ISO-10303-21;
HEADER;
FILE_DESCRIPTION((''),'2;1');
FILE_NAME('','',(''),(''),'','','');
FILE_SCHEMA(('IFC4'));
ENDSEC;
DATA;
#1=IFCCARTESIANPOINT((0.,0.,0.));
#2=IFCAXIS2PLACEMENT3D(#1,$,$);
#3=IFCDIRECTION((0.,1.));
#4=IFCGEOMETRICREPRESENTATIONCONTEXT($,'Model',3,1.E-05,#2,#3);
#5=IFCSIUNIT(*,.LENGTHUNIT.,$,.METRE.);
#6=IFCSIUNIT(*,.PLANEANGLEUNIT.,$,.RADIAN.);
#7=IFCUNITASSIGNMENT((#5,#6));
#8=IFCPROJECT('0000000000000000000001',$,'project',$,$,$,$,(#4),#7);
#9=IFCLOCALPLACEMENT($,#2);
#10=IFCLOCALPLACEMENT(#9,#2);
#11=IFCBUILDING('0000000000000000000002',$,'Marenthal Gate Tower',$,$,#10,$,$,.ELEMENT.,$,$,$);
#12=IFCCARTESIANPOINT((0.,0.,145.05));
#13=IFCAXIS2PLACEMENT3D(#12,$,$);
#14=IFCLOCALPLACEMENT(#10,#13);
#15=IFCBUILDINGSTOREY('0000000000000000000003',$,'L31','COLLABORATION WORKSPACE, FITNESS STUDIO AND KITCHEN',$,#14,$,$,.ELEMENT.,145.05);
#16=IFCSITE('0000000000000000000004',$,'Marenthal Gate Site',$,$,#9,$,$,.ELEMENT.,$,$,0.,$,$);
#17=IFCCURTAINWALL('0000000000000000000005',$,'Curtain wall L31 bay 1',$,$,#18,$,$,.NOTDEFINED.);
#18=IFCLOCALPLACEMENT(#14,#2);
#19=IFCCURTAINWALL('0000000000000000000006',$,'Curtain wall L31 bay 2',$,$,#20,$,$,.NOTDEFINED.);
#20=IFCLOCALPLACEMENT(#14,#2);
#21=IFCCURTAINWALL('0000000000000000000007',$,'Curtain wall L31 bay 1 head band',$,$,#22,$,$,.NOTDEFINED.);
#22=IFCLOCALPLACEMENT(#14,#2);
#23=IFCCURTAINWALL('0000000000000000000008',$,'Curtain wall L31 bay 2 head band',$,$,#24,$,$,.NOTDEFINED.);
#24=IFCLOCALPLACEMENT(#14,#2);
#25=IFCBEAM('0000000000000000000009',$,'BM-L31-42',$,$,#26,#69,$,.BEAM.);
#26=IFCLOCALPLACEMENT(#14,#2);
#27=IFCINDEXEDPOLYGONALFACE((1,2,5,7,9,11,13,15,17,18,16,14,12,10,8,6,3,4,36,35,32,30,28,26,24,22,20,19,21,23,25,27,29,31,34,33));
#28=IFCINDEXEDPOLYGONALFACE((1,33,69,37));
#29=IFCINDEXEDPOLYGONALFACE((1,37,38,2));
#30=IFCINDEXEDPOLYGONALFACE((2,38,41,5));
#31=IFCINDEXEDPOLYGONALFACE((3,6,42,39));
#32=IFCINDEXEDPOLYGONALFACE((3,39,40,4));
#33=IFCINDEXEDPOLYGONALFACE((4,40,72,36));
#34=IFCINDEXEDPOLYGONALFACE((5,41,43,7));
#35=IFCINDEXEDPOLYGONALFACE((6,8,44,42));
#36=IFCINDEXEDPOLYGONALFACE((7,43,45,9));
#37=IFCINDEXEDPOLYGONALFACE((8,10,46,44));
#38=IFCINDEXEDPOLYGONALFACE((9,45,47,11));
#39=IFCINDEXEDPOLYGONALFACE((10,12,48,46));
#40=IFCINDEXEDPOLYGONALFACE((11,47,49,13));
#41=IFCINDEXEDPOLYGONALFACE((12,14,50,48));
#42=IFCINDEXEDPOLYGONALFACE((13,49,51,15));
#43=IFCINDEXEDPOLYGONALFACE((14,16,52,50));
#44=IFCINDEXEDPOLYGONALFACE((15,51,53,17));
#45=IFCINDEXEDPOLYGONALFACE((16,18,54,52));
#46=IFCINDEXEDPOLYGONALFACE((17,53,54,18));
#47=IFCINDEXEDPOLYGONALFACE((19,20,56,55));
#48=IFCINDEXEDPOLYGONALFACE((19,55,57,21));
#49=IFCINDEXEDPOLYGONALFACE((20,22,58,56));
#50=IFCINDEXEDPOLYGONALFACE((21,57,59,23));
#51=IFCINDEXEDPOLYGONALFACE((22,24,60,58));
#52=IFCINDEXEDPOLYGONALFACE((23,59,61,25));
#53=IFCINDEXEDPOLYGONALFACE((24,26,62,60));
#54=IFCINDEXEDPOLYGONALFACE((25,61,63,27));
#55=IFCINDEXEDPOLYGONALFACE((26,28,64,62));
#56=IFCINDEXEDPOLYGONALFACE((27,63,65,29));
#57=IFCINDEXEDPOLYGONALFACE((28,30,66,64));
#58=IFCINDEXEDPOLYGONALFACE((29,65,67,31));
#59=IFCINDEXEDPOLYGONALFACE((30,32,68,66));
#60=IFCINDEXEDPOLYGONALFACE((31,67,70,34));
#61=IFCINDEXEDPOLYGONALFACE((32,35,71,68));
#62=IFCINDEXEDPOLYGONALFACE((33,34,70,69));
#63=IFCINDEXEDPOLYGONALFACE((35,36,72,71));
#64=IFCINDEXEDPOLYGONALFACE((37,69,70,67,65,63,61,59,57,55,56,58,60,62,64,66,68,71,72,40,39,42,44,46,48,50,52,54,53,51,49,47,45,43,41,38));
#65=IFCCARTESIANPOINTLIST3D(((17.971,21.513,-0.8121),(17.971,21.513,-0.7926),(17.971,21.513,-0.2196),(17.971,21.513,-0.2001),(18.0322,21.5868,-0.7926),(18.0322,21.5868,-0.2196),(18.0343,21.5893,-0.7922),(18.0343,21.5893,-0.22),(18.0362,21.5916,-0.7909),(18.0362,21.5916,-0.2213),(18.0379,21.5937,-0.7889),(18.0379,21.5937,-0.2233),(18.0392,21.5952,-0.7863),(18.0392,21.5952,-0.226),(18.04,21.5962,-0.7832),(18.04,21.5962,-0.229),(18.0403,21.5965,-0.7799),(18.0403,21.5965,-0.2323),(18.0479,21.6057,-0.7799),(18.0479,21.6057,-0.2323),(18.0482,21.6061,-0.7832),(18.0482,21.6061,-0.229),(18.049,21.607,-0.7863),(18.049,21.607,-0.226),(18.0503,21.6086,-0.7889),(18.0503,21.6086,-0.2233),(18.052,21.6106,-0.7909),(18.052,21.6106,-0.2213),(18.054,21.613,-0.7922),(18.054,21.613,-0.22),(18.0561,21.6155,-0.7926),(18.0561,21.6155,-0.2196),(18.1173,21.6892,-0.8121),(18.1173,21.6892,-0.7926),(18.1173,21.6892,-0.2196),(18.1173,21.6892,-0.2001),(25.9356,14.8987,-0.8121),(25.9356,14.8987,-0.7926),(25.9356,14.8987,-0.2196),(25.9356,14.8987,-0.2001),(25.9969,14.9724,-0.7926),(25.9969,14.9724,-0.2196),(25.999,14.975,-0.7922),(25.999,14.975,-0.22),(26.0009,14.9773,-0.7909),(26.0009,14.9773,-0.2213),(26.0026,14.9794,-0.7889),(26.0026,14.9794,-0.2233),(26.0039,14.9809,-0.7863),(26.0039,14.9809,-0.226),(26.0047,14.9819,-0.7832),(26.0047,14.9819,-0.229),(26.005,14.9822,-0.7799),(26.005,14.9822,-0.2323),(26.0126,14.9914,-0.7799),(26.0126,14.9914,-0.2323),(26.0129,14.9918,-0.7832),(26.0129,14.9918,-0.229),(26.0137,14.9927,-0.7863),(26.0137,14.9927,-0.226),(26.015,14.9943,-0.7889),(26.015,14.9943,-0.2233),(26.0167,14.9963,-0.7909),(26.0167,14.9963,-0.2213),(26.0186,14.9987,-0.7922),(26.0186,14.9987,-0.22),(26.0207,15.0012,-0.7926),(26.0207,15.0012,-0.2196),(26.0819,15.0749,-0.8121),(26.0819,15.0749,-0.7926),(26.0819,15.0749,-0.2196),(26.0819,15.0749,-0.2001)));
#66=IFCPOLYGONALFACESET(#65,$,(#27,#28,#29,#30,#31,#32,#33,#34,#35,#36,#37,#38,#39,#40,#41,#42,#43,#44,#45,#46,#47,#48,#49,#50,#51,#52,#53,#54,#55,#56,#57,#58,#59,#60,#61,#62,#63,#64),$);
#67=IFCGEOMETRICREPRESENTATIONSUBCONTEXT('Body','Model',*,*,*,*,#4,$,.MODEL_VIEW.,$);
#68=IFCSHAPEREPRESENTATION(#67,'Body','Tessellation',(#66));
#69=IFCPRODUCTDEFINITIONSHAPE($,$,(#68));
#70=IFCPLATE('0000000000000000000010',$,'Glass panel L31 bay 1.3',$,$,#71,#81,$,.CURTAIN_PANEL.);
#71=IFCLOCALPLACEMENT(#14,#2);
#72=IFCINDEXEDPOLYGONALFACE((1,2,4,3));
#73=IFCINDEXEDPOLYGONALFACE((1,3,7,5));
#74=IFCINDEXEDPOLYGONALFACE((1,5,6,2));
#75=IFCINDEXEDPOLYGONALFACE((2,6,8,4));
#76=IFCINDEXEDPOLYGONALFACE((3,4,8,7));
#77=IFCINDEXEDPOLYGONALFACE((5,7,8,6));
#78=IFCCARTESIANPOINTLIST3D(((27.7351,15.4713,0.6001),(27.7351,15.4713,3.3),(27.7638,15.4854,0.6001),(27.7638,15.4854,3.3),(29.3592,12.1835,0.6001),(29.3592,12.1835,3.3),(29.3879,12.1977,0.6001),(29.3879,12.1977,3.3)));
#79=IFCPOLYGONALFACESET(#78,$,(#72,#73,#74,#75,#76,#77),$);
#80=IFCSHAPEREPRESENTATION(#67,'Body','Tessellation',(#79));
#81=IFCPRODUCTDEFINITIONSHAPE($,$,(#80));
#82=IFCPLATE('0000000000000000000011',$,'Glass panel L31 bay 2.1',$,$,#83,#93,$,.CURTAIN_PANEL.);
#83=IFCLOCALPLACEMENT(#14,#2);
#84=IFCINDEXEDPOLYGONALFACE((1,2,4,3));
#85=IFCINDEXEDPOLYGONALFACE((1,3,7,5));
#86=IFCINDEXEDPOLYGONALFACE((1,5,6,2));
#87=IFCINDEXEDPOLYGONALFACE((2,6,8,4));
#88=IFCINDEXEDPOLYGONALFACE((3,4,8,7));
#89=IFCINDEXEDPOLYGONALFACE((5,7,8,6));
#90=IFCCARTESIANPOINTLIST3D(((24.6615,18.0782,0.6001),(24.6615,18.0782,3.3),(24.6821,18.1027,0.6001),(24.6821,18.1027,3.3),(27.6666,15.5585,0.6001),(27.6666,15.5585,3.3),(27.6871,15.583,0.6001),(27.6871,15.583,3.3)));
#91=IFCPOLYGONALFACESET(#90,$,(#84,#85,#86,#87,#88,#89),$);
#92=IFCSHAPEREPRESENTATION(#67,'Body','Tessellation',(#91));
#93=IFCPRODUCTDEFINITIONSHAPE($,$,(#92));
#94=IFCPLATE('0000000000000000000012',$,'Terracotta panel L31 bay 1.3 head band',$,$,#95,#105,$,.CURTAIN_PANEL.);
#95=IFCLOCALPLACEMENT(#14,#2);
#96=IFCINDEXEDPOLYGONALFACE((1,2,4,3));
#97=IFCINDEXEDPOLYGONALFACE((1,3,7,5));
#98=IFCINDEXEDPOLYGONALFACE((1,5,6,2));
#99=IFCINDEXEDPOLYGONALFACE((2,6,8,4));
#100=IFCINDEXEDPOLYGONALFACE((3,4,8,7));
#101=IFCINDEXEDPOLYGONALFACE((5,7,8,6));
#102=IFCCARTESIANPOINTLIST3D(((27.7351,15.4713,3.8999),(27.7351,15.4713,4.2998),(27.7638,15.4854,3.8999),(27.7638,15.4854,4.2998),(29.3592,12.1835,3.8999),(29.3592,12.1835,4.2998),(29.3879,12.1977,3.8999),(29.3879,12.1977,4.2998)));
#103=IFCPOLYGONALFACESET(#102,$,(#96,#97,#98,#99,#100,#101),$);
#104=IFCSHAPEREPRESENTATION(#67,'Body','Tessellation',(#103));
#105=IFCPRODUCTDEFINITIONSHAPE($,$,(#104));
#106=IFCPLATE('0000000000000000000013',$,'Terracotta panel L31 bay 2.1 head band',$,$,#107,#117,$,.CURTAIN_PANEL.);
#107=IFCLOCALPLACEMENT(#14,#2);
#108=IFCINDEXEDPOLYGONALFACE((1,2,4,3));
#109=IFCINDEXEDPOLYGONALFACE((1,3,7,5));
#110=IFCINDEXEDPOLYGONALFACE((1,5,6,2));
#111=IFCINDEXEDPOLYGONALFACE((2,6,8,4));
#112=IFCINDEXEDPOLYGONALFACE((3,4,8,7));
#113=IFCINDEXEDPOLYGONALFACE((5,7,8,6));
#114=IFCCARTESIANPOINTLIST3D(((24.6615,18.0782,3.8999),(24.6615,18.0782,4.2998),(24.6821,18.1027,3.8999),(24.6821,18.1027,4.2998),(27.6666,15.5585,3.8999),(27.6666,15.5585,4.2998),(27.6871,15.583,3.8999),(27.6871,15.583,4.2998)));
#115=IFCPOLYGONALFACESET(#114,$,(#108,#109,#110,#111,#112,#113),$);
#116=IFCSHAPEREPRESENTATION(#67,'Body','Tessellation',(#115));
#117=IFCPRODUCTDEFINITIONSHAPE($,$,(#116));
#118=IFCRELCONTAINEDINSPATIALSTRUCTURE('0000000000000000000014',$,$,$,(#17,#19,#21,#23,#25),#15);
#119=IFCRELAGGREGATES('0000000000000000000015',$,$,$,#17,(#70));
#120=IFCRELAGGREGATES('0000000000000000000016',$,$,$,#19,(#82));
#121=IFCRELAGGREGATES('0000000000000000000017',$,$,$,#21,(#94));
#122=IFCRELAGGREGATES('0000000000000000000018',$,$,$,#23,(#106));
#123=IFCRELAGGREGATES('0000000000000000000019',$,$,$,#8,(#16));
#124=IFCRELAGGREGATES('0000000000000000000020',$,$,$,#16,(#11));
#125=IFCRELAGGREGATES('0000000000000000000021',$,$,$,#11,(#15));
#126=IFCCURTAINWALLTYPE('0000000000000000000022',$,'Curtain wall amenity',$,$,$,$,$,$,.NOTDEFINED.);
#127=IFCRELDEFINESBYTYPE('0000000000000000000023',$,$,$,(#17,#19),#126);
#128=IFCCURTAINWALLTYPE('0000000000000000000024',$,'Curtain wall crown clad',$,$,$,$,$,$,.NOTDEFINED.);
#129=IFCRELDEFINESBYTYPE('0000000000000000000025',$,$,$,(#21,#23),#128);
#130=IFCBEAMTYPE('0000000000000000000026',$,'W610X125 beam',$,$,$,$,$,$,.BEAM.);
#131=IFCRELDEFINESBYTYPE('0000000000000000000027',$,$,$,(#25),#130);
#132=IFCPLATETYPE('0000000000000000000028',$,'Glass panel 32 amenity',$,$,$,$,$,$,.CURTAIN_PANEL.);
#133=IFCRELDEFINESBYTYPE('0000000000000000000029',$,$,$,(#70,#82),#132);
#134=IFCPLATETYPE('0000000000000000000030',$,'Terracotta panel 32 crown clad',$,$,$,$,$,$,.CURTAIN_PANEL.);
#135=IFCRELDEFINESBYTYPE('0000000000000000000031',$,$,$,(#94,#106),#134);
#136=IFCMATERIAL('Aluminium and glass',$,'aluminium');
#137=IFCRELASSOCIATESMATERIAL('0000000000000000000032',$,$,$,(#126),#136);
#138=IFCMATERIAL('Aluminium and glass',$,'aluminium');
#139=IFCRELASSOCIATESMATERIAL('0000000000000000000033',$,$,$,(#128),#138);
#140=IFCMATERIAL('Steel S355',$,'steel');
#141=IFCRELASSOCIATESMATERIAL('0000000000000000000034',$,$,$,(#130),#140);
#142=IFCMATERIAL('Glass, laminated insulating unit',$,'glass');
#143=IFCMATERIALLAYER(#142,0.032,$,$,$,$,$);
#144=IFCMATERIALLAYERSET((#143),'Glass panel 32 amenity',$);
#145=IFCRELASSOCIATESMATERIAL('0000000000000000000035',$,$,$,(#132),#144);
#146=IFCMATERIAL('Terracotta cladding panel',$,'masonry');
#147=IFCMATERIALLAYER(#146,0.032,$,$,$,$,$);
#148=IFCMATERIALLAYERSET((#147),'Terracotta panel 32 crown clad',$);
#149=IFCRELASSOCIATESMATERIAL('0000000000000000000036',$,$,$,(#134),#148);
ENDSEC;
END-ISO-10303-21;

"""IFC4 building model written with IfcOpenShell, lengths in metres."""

from ifc_helpers import new_model, si_unit, direction, frame, origin, origin_2d, place, context, subcontext, project, spatial, rectangle, i_section, extrude, material, layer, layer_set, material_profile, profile_set, type_object, element, aggregate, save


model = new_model("IFC4")

# Units and contexts
model_context = context("Model", 3, precision=1e-05, world=origin(), true_north=direction((0.0, 1.0)))
body_context = subcontext(model_context, "Body", "Model", "MODEL_VIEW")
ifc_project = project(units=[si_unit("LENGTHUNIT", "METRE"), si_unit("PLANEANGLEUNIT", "RADIAN")], contexts=[model_context])

# Site, building, storey
site_placement = place(None, origin())
site = spatial("IfcSite", under=ifc_project, at=site_placement, Name="Marenthal Gate Site", CompositionType="ELEMENT", RefElevation=0.0)
building_placement = place(site_placement, origin())
building = spatial("IfcBuilding", under=site, at=building_placement, Name="Marenthal Gate Tower", CompositionType="ELEMENT")
storey_placement = place(building_placement, frame((0.0, 0.0, 145.05)))
storey = spatial("IfcBuildingStorey", under=building, at=storey_placement, Name="L31", Description="COLLABORATION WORKSPACE, FITNESS STUDIO AND KITCHEN", CompositionType="ELEMENT", Elevation=145.05)

# Curtain walls
ifc_material_1 = material(Name="Aluminium and glass", Category="aluminium")
curtain_wall_type_1 = type_object("IfcCurtainWallType", Name="Curtain wall amenity", PredefinedType="NOTDEFINED", material=ifc_material_1)
curtain_wall_1_placement = place(storey_placement, origin())
curtain_wall_1 = element("IfcCurtainWall", 1, at=curtain_wall_1_placement, inside=storey, type_object=curtain_wall_type_1, Name="Curtain wall L31 bay 1", PredefinedType="NOTDEFINED")
curtain_wall_2_placement = place(storey_placement, origin())
curtain_wall_2 = element("IfcCurtainWall", 2, at=curtain_wall_2_placement, inside=storey, type_object=curtain_wall_type_1, Name="Curtain wall L31 bay 2", PredefinedType="NOTDEFINED")
ifc_material_2 = material(Name="Aluminium and glass", Category="aluminium")
curtain_wall_type_2 = type_object("IfcCurtainWallType", Name="Curtain wall crown clad", PredefinedType="NOTDEFINED", material=ifc_material_2)
curtain_wall_3_placement = place(storey_placement, origin())
curtain_wall_3 = element("IfcCurtainWall", 3, at=curtain_wall_3_placement, inside=storey, type_object=curtain_wall_type_2, Name="Curtain wall L31 bay 1 head band", PredefinedType="NOTDEFINED")

# Curtain wall
curtain_wall_4_placement = place(storey_placement, origin())
curtain_wall_4 = element("IfcCurtainWall", 4, at=curtain_wall_4_placement, inside=storey, type_object=curtain_wall_type_2, Name="Curtain wall L31 bay 2 head band", PredefinedType="NOTDEFINED")

# Beam
ifc_material_3 = material(Name="Steel S355", Category="steel")
ifc_material_profile_1 = material_profile(ifc_material_3, i_section(OverallWidth=0.229, OverallDepth=0.6121, WebThickness=0.012, FlangeThickness=0.0195, FilletRadius=0.0127, at=origin_2d()), Name="W610X125")
ifc_profile_set_1 = profile_set([ifc_material_profile_1], Name="Steel S355")
beam_type = type_object("IfcBeamType", Name="W610X125 beam", PredefinedType="BEAM", material=ifc_profile_set_1)
beam_1_placement = place(storey_placement, frame((26.0088, 14.9868, -0.5061), z_axis=(-0.769308, 0.638878, 0.0), x_axis=(-0.638878, -0.769308, 0.0)))
element("IfcBeam", 5, at=beam_1_placement, inside=storey, type_object=beam_type, Name="BM-L31-42", PredefinedType="BEAM", context=body_context, shape_type="SweptSolid", body=[
    extrude(i_section(OverallWidth=0.229, OverallDepth=0.6121, WebThickness=0.012, FlangeThickness=0.0195, FilletRadius=0.0127, at=origin_2d()), origin(), (0.0, 0.0, 1.0), 10.353),
])

# Plates
ifc_material_4 = material(Name="Glass, laminated insulating unit", Category="glass")
ifc_layer_1 = layer(ifc_material_4, 0.032)
ifc_layer_set_1 = layer_set([ifc_layer_1], Name="Glass panel 32 amenity")
plate_type_1 = type_object("IfcPlateType", Name="Glass panel 32 amenity", PredefinedType="CURTAIN_PANEL", material=ifc_layer_set_1)
plate_1_placement = place(storey_placement, frame((28.5615, 13.8345, 0.6001), z_axis=(0.0, 0.0, 1.0), x_axis=(-0.442895, 0.896573, 0.0)))
plate_1 = element("IfcPlate", 6, at=plate_1_placement, type_object=plate_type_1, Name="Glass panel L31 bay 1.3", PredefinedType="CURTAIN_PANEL", context=body_context, shape_type="SweptSolid", body=[
    extrude(rectangle(XDim=3.667, YDim=0.032, at=origin_2d()), origin(), (0.0, 0.0, 1.0), 2.7),
])
aggregate(curtain_wall_1, [plate_1])
plate_2_placement = place(storey_placement, frame((26.1743, 16.8306, 0.6001), z_axis=(0.0, 0.0, 1.0), x_axis=(-0.766277, 0.642511, 0.0)))
plate_2 = element("IfcPlate", 7, at=plate_2_placement, type_object=plate_type_1, Name="Glass panel L31 bay 2.1", PredefinedType="CURTAIN_PANEL", context=body_context, shape_type="SweptSolid", body=[
    extrude(rectangle(XDim=3.9216, YDim=0.032, at=origin_2d()), origin(), (0.0, 0.0, 1.0), 2.7),
])
aggregate(curtain_wall_2, [plate_2])
ifc_material_5 = material(Name="Terracotta cladding panel", Category="masonry")
ifc_layer_2 = layer(ifc_material_5, 0.032)
ifc_layer_set_2 = layer_set([ifc_layer_2], Name="Terracotta panel 32 crown clad")
plate_type_2 = type_object("IfcPlateType", Name="Terracotta panel 32 crown clad", PredefinedType="CURTAIN_PANEL", material=ifc_layer_set_2)
plate_3_placement = place(storey_placement, frame((28.5615, 13.8345, 3.8999), z_axis=(0.0, 0.0, 1.0), x_axis=(-0.442895, 0.896573, 0.0)))
plate_3 = element("IfcPlate", 8, at=plate_3_placement, type_object=plate_type_2, Name="Terracotta panel L31 bay 1.3 head band", PredefinedType="CURTAIN_PANEL", context=body_context, shape_type="SweptSolid", body=[
    extrude(rectangle(XDim=3.667, YDim=0.032, at=origin_2d()), origin(), (0.0, 0.0, 1.0), 0.3999),
])
aggregate(curtain_wall_3, [plate_3])
plate_4_placement = place(storey_placement, frame((26.1743, 16.8306, 3.8999), z_axis=(0.0, 0.0, 1.0), x_axis=(-0.766277, 0.642511, 0.0)))
plate_4 = element("IfcPlate", 9, at=plate_4_placement, type_object=plate_type_2, Name="Terracotta panel L31 bay 2.1 head band", PredefinedType="CURTAIN_PANEL", context=body_context, shape_type="SweptSolid", body=[
    extrude(rectangle(XDim=3.9216, YDim=0.032, at=origin_2d()), origin(), (0.0, 0.0, 1.0), 0.3999),
])
aggregate(curtain_wall_4, [plate_4])

save(model, "model.ifc")
